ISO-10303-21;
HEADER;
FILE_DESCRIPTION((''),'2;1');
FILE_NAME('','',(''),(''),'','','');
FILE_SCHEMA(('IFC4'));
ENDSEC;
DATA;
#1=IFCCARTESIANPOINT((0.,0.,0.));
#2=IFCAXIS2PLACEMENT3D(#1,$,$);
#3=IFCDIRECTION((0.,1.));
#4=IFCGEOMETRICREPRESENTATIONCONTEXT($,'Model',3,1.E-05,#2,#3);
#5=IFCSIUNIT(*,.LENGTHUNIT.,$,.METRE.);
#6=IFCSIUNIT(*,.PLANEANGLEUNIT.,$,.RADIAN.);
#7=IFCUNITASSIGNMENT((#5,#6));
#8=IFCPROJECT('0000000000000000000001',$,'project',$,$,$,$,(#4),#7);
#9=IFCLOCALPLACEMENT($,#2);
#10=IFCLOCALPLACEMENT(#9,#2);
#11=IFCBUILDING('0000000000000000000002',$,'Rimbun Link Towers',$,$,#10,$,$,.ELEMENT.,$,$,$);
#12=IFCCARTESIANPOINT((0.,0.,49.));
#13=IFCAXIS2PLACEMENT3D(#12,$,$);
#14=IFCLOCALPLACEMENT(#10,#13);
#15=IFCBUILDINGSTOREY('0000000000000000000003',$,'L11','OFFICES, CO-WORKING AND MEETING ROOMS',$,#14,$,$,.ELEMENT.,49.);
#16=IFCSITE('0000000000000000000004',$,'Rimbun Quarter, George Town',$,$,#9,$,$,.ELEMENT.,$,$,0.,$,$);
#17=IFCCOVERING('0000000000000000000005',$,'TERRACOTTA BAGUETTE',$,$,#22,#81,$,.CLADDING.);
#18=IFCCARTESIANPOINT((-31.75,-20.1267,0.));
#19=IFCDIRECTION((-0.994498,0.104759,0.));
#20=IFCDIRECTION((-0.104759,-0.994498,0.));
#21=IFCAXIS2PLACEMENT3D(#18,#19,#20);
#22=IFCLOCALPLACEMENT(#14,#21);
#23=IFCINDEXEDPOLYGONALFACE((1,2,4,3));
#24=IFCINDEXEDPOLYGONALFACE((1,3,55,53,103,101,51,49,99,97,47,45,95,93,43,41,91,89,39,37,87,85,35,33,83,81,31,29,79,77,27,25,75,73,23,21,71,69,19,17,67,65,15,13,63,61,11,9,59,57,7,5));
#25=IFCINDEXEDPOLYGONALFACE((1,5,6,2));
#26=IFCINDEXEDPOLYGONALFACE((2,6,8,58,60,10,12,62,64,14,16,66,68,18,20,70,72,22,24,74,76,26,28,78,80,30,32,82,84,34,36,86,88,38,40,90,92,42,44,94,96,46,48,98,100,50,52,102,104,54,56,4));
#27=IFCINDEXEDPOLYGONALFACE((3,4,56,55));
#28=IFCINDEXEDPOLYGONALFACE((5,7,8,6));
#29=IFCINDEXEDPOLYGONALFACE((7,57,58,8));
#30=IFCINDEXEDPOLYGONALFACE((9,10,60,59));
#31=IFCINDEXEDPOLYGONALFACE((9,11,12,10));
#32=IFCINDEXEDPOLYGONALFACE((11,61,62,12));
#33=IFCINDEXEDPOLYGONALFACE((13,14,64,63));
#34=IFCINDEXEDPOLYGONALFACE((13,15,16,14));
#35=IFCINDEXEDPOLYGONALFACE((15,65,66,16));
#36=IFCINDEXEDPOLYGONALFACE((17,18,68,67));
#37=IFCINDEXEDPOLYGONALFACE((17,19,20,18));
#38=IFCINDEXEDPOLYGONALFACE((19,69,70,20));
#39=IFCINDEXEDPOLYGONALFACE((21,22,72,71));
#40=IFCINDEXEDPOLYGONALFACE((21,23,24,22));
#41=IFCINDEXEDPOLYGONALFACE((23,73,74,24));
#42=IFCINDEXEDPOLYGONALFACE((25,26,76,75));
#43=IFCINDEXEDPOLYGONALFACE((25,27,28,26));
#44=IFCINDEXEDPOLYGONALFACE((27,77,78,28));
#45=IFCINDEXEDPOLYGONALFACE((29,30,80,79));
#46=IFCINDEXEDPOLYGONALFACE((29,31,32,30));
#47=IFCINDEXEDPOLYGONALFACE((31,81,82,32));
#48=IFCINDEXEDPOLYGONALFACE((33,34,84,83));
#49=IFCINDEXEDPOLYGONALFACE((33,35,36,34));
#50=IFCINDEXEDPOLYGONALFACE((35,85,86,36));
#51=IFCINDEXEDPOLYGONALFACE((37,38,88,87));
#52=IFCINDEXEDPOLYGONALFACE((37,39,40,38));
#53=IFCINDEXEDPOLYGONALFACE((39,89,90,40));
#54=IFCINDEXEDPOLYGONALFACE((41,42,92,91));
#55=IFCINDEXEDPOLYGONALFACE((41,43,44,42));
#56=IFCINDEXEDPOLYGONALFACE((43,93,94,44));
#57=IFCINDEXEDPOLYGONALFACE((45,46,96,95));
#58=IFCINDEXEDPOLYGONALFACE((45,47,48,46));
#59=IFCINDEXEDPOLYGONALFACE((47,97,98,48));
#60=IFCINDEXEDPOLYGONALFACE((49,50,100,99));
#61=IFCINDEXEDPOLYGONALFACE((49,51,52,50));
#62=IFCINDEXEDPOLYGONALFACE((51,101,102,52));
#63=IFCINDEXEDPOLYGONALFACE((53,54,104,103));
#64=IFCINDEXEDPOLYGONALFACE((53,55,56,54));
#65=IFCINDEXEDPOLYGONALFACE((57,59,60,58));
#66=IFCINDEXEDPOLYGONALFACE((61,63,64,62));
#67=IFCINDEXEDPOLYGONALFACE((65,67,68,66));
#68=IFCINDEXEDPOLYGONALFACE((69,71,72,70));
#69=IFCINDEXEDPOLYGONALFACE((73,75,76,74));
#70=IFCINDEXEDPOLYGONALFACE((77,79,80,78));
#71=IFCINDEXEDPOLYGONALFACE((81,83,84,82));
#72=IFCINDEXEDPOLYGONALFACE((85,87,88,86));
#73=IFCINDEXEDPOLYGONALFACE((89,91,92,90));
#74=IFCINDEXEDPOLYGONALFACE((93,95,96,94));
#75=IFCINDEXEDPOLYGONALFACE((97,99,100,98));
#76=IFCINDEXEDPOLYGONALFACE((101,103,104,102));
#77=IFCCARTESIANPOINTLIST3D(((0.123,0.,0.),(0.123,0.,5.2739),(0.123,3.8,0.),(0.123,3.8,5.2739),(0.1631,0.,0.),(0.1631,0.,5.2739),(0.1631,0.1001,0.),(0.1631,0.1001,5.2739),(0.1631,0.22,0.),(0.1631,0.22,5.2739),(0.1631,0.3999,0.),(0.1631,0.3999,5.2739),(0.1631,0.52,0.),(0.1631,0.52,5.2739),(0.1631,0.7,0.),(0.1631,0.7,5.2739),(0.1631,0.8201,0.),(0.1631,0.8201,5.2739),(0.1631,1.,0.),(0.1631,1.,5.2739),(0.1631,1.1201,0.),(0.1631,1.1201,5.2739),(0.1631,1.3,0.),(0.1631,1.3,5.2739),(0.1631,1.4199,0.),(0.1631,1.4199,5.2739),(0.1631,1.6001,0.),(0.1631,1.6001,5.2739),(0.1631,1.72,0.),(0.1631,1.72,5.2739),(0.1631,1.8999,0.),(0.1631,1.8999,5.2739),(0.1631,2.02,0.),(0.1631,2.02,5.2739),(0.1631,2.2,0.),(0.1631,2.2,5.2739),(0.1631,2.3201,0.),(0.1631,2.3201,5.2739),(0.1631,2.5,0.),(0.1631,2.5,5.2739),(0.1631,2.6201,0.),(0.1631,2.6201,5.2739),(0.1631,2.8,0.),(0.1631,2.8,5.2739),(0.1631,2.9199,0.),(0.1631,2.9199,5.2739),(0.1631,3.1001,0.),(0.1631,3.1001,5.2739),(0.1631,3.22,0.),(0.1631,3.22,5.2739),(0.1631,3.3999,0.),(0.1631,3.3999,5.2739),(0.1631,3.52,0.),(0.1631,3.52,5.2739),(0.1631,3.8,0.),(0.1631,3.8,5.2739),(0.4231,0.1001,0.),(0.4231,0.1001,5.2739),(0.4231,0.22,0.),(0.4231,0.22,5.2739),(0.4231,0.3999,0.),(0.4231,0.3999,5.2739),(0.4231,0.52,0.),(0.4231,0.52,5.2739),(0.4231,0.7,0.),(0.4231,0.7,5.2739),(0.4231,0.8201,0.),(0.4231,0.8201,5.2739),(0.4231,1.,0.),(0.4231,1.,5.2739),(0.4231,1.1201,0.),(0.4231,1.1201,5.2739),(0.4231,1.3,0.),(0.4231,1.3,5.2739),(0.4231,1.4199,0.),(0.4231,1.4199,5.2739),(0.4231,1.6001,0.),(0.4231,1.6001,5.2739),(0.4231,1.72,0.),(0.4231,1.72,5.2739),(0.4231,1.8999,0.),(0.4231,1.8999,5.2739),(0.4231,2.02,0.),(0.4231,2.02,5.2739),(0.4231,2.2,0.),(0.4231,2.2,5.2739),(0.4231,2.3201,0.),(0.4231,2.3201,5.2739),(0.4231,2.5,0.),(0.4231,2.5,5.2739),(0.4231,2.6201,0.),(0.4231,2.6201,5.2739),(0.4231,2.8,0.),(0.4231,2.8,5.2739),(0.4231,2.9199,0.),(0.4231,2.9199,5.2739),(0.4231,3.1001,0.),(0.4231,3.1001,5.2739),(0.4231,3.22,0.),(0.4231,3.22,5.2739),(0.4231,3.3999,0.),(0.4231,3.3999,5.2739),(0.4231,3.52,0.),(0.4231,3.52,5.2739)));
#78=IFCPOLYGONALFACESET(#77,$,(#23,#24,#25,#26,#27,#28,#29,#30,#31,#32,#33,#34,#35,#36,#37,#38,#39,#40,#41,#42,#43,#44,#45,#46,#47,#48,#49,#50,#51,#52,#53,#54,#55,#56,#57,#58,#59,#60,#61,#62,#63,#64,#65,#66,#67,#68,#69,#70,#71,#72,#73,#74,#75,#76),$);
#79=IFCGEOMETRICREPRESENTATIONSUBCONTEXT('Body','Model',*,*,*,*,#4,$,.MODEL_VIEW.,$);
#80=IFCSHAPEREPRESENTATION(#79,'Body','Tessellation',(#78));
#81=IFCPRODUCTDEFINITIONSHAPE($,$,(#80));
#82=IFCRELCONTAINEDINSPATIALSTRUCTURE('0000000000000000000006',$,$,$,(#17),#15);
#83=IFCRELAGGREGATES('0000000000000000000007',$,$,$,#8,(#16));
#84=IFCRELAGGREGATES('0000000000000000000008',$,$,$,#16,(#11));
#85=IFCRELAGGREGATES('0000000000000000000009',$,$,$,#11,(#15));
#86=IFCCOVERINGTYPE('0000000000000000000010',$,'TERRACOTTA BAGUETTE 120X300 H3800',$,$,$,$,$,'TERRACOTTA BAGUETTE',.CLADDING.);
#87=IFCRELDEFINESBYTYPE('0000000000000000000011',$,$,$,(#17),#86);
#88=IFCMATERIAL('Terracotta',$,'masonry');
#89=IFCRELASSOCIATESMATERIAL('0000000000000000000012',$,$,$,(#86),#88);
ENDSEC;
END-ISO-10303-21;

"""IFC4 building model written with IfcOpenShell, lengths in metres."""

from ifc_helpers import new_model, si_unit, direction, frame, origin, place, context, subcontext, project, spatial, polyline, outline, extrude, material, material_profile, profile_set, type_object, element, save


model = new_model("IFC4")

# Units and contexts
model_context = context("Model", 3, precision=1e-05, world=origin(), true_north=direction((0.0, 1.0)))
body_context = subcontext(model_context, "Body", "Model", "MODEL_VIEW")
ifc_project = project(units=[si_unit("LENGTHUNIT", "METRE"), si_unit("PLANEANGLEUNIT", "RADIAN")], contexts=[model_context])

# Site, building, storey
site_placement = place(None, origin())
site = spatial("IfcSite", under=ifc_project, at=site_placement, Name="Rimbun Quarter, George Town", CompositionType="ELEMENT", RefElevation=0.0)
building_placement = place(site_placement, origin())
building = spatial("IfcBuilding", under=site, at=building_placement, Name="Rimbun Link Towers", CompositionType="ELEMENT")
storey_placement = place(building_placement, frame((0.0, 0.0, 49.0)))
storey = spatial("IfcBuildingStorey", under=building, at=storey_placement, Name="L11", Description="OFFICES, CO-WORKING AND MEETING ROOMS", CompositionType="ELEMENT", Elevation=49.0)

# Covering
ifc_material_1 = material(Name="Terracotta", Category="masonry")
ifc_material_profile_1 = material_profile(ifc_material_1, outline(polyline([(0.123, 0.0), (0.1631, 0.0), (0.1631, 0.1001), (0.4231, 0.1001), (0.4231, 0.22), (0.1631, 0.22), (0.1631, 0.3999), (0.4231, 0.3999), (0.4231, 0.52), (0.1631, 0.52), (0.1631, 0.7), (0.4231, 0.7), (0.4231, 0.8201), (0.1631, 0.8201), (0.1631, 1.0), (0.4231, 1.0), (0.4231, 1.1201), (0.1631, 1.1201), (0.1631, 1.3), (0.4231, 1.3), (0.4231, 1.4199), (0.1631, 1.4199), (0.1631, 1.6001), (0.4231, 1.6001), (0.4231, 1.72), (0.1631, 1.72), (0.1631, 1.8999), (0.4231, 1.8999), (0.4231, 2.02), (0.1631, 2.02), (0.1631, 2.2), (0.4231, 2.2), (0.4231, 2.3201), (0.1631, 2.3201), (0.1631, 2.5), (0.4231, 2.5), (0.4231, 2.6201), (0.1631, 2.6201), (0.1631, 2.8), (0.4231, 2.8), (0.4231, 2.9199), (0.1631, 2.9199), (0.1631, 3.1001), (0.4231, 3.1001), (0.4231, 3.22), (0.1631, 3.22), (0.1631, 3.3999), (0.4231, 3.3999), (0.4231, 3.52), (0.1631, 3.52), (0.1631, 3.8), (0.123, 3.8), (0.123, 0.0)])), Name="BAGUETTE 120X300")
ifc_profile_set_1 = profile_set([ifc_material_profile_1], Name="Terracotta")
covering_type = type_object("IfcCoveringType", Name="TERRACOTTA BAGUETTE 120X300 H3800", ElementType="TERRACOTTA BAGUETTE", PredefinedType="CLADDING", material=ifc_profile_set_1)
covering_1_placement = place(storey_placement, frame((-31.75, -20.1267, 0.0), z_axis=(-0.994498, 0.104759, 0.0), x_axis=(-0.104759, -0.994498, 0.0)))
element("IfcCovering", 1, at=covering_1_placement, inside=storey, type_object=covering_type, Name="TERRACOTTA BAGUETTE", PredefinedType="CLADDING", context=body_context, shape_type="SweptSolid", body=[
    extrude(outline(polyline([(0.123, 0.0), (0.1631, 0.0), (0.1631, 0.1001), (0.4231, 0.1001), (0.4231, 0.22), (0.1631, 0.22), (0.1631, 0.3999), (0.4231, 0.3999), (0.4231, 0.52), (0.1631, 0.52), (0.1631, 0.7), (0.4231, 0.7), (0.4231, 0.8201), (0.1631, 0.8201), (0.1631, 1.0), (0.4231, 1.0), (0.4231, 1.1201), (0.1631, 1.1201), (0.1631, 1.3), (0.4231, 1.3), (0.4231, 1.4199), (0.1631, 1.4199), (0.1631, 1.6001), (0.4231, 1.6001), (0.4231, 1.72), (0.1631, 1.72), (0.1631, 1.8999), (0.4231, 1.8999), (0.4231, 2.02), (0.1631, 2.02), (0.1631, 2.2), (0.4231, 2.2), (0.4231, 2.3201), (0.1631, 2.3201), (0.1631, 2.5), (0.4231, 2.5), (0.4231, 2.6201), (0.1631, 2.6201), (0.1631, 2.8), (0.4231, 2.8), (0.4231, 2.9199), (0.1631, 2.9199), (0.1631, 3.1001), (0.4231, 3.1001), (0.4231, 3.22), (0.1631, 3.22), (0.1631, 3.3999), (0.4231, 3.3999), (0.4231, 3.52), (0.1631, 3.52), (0.1631, 3.8), (0.123, 3.8), (0.123, 0.0)])), origin(), (0.0, 0.0, 1.0), 5.2739),
])

save(model, "model.ifc")
